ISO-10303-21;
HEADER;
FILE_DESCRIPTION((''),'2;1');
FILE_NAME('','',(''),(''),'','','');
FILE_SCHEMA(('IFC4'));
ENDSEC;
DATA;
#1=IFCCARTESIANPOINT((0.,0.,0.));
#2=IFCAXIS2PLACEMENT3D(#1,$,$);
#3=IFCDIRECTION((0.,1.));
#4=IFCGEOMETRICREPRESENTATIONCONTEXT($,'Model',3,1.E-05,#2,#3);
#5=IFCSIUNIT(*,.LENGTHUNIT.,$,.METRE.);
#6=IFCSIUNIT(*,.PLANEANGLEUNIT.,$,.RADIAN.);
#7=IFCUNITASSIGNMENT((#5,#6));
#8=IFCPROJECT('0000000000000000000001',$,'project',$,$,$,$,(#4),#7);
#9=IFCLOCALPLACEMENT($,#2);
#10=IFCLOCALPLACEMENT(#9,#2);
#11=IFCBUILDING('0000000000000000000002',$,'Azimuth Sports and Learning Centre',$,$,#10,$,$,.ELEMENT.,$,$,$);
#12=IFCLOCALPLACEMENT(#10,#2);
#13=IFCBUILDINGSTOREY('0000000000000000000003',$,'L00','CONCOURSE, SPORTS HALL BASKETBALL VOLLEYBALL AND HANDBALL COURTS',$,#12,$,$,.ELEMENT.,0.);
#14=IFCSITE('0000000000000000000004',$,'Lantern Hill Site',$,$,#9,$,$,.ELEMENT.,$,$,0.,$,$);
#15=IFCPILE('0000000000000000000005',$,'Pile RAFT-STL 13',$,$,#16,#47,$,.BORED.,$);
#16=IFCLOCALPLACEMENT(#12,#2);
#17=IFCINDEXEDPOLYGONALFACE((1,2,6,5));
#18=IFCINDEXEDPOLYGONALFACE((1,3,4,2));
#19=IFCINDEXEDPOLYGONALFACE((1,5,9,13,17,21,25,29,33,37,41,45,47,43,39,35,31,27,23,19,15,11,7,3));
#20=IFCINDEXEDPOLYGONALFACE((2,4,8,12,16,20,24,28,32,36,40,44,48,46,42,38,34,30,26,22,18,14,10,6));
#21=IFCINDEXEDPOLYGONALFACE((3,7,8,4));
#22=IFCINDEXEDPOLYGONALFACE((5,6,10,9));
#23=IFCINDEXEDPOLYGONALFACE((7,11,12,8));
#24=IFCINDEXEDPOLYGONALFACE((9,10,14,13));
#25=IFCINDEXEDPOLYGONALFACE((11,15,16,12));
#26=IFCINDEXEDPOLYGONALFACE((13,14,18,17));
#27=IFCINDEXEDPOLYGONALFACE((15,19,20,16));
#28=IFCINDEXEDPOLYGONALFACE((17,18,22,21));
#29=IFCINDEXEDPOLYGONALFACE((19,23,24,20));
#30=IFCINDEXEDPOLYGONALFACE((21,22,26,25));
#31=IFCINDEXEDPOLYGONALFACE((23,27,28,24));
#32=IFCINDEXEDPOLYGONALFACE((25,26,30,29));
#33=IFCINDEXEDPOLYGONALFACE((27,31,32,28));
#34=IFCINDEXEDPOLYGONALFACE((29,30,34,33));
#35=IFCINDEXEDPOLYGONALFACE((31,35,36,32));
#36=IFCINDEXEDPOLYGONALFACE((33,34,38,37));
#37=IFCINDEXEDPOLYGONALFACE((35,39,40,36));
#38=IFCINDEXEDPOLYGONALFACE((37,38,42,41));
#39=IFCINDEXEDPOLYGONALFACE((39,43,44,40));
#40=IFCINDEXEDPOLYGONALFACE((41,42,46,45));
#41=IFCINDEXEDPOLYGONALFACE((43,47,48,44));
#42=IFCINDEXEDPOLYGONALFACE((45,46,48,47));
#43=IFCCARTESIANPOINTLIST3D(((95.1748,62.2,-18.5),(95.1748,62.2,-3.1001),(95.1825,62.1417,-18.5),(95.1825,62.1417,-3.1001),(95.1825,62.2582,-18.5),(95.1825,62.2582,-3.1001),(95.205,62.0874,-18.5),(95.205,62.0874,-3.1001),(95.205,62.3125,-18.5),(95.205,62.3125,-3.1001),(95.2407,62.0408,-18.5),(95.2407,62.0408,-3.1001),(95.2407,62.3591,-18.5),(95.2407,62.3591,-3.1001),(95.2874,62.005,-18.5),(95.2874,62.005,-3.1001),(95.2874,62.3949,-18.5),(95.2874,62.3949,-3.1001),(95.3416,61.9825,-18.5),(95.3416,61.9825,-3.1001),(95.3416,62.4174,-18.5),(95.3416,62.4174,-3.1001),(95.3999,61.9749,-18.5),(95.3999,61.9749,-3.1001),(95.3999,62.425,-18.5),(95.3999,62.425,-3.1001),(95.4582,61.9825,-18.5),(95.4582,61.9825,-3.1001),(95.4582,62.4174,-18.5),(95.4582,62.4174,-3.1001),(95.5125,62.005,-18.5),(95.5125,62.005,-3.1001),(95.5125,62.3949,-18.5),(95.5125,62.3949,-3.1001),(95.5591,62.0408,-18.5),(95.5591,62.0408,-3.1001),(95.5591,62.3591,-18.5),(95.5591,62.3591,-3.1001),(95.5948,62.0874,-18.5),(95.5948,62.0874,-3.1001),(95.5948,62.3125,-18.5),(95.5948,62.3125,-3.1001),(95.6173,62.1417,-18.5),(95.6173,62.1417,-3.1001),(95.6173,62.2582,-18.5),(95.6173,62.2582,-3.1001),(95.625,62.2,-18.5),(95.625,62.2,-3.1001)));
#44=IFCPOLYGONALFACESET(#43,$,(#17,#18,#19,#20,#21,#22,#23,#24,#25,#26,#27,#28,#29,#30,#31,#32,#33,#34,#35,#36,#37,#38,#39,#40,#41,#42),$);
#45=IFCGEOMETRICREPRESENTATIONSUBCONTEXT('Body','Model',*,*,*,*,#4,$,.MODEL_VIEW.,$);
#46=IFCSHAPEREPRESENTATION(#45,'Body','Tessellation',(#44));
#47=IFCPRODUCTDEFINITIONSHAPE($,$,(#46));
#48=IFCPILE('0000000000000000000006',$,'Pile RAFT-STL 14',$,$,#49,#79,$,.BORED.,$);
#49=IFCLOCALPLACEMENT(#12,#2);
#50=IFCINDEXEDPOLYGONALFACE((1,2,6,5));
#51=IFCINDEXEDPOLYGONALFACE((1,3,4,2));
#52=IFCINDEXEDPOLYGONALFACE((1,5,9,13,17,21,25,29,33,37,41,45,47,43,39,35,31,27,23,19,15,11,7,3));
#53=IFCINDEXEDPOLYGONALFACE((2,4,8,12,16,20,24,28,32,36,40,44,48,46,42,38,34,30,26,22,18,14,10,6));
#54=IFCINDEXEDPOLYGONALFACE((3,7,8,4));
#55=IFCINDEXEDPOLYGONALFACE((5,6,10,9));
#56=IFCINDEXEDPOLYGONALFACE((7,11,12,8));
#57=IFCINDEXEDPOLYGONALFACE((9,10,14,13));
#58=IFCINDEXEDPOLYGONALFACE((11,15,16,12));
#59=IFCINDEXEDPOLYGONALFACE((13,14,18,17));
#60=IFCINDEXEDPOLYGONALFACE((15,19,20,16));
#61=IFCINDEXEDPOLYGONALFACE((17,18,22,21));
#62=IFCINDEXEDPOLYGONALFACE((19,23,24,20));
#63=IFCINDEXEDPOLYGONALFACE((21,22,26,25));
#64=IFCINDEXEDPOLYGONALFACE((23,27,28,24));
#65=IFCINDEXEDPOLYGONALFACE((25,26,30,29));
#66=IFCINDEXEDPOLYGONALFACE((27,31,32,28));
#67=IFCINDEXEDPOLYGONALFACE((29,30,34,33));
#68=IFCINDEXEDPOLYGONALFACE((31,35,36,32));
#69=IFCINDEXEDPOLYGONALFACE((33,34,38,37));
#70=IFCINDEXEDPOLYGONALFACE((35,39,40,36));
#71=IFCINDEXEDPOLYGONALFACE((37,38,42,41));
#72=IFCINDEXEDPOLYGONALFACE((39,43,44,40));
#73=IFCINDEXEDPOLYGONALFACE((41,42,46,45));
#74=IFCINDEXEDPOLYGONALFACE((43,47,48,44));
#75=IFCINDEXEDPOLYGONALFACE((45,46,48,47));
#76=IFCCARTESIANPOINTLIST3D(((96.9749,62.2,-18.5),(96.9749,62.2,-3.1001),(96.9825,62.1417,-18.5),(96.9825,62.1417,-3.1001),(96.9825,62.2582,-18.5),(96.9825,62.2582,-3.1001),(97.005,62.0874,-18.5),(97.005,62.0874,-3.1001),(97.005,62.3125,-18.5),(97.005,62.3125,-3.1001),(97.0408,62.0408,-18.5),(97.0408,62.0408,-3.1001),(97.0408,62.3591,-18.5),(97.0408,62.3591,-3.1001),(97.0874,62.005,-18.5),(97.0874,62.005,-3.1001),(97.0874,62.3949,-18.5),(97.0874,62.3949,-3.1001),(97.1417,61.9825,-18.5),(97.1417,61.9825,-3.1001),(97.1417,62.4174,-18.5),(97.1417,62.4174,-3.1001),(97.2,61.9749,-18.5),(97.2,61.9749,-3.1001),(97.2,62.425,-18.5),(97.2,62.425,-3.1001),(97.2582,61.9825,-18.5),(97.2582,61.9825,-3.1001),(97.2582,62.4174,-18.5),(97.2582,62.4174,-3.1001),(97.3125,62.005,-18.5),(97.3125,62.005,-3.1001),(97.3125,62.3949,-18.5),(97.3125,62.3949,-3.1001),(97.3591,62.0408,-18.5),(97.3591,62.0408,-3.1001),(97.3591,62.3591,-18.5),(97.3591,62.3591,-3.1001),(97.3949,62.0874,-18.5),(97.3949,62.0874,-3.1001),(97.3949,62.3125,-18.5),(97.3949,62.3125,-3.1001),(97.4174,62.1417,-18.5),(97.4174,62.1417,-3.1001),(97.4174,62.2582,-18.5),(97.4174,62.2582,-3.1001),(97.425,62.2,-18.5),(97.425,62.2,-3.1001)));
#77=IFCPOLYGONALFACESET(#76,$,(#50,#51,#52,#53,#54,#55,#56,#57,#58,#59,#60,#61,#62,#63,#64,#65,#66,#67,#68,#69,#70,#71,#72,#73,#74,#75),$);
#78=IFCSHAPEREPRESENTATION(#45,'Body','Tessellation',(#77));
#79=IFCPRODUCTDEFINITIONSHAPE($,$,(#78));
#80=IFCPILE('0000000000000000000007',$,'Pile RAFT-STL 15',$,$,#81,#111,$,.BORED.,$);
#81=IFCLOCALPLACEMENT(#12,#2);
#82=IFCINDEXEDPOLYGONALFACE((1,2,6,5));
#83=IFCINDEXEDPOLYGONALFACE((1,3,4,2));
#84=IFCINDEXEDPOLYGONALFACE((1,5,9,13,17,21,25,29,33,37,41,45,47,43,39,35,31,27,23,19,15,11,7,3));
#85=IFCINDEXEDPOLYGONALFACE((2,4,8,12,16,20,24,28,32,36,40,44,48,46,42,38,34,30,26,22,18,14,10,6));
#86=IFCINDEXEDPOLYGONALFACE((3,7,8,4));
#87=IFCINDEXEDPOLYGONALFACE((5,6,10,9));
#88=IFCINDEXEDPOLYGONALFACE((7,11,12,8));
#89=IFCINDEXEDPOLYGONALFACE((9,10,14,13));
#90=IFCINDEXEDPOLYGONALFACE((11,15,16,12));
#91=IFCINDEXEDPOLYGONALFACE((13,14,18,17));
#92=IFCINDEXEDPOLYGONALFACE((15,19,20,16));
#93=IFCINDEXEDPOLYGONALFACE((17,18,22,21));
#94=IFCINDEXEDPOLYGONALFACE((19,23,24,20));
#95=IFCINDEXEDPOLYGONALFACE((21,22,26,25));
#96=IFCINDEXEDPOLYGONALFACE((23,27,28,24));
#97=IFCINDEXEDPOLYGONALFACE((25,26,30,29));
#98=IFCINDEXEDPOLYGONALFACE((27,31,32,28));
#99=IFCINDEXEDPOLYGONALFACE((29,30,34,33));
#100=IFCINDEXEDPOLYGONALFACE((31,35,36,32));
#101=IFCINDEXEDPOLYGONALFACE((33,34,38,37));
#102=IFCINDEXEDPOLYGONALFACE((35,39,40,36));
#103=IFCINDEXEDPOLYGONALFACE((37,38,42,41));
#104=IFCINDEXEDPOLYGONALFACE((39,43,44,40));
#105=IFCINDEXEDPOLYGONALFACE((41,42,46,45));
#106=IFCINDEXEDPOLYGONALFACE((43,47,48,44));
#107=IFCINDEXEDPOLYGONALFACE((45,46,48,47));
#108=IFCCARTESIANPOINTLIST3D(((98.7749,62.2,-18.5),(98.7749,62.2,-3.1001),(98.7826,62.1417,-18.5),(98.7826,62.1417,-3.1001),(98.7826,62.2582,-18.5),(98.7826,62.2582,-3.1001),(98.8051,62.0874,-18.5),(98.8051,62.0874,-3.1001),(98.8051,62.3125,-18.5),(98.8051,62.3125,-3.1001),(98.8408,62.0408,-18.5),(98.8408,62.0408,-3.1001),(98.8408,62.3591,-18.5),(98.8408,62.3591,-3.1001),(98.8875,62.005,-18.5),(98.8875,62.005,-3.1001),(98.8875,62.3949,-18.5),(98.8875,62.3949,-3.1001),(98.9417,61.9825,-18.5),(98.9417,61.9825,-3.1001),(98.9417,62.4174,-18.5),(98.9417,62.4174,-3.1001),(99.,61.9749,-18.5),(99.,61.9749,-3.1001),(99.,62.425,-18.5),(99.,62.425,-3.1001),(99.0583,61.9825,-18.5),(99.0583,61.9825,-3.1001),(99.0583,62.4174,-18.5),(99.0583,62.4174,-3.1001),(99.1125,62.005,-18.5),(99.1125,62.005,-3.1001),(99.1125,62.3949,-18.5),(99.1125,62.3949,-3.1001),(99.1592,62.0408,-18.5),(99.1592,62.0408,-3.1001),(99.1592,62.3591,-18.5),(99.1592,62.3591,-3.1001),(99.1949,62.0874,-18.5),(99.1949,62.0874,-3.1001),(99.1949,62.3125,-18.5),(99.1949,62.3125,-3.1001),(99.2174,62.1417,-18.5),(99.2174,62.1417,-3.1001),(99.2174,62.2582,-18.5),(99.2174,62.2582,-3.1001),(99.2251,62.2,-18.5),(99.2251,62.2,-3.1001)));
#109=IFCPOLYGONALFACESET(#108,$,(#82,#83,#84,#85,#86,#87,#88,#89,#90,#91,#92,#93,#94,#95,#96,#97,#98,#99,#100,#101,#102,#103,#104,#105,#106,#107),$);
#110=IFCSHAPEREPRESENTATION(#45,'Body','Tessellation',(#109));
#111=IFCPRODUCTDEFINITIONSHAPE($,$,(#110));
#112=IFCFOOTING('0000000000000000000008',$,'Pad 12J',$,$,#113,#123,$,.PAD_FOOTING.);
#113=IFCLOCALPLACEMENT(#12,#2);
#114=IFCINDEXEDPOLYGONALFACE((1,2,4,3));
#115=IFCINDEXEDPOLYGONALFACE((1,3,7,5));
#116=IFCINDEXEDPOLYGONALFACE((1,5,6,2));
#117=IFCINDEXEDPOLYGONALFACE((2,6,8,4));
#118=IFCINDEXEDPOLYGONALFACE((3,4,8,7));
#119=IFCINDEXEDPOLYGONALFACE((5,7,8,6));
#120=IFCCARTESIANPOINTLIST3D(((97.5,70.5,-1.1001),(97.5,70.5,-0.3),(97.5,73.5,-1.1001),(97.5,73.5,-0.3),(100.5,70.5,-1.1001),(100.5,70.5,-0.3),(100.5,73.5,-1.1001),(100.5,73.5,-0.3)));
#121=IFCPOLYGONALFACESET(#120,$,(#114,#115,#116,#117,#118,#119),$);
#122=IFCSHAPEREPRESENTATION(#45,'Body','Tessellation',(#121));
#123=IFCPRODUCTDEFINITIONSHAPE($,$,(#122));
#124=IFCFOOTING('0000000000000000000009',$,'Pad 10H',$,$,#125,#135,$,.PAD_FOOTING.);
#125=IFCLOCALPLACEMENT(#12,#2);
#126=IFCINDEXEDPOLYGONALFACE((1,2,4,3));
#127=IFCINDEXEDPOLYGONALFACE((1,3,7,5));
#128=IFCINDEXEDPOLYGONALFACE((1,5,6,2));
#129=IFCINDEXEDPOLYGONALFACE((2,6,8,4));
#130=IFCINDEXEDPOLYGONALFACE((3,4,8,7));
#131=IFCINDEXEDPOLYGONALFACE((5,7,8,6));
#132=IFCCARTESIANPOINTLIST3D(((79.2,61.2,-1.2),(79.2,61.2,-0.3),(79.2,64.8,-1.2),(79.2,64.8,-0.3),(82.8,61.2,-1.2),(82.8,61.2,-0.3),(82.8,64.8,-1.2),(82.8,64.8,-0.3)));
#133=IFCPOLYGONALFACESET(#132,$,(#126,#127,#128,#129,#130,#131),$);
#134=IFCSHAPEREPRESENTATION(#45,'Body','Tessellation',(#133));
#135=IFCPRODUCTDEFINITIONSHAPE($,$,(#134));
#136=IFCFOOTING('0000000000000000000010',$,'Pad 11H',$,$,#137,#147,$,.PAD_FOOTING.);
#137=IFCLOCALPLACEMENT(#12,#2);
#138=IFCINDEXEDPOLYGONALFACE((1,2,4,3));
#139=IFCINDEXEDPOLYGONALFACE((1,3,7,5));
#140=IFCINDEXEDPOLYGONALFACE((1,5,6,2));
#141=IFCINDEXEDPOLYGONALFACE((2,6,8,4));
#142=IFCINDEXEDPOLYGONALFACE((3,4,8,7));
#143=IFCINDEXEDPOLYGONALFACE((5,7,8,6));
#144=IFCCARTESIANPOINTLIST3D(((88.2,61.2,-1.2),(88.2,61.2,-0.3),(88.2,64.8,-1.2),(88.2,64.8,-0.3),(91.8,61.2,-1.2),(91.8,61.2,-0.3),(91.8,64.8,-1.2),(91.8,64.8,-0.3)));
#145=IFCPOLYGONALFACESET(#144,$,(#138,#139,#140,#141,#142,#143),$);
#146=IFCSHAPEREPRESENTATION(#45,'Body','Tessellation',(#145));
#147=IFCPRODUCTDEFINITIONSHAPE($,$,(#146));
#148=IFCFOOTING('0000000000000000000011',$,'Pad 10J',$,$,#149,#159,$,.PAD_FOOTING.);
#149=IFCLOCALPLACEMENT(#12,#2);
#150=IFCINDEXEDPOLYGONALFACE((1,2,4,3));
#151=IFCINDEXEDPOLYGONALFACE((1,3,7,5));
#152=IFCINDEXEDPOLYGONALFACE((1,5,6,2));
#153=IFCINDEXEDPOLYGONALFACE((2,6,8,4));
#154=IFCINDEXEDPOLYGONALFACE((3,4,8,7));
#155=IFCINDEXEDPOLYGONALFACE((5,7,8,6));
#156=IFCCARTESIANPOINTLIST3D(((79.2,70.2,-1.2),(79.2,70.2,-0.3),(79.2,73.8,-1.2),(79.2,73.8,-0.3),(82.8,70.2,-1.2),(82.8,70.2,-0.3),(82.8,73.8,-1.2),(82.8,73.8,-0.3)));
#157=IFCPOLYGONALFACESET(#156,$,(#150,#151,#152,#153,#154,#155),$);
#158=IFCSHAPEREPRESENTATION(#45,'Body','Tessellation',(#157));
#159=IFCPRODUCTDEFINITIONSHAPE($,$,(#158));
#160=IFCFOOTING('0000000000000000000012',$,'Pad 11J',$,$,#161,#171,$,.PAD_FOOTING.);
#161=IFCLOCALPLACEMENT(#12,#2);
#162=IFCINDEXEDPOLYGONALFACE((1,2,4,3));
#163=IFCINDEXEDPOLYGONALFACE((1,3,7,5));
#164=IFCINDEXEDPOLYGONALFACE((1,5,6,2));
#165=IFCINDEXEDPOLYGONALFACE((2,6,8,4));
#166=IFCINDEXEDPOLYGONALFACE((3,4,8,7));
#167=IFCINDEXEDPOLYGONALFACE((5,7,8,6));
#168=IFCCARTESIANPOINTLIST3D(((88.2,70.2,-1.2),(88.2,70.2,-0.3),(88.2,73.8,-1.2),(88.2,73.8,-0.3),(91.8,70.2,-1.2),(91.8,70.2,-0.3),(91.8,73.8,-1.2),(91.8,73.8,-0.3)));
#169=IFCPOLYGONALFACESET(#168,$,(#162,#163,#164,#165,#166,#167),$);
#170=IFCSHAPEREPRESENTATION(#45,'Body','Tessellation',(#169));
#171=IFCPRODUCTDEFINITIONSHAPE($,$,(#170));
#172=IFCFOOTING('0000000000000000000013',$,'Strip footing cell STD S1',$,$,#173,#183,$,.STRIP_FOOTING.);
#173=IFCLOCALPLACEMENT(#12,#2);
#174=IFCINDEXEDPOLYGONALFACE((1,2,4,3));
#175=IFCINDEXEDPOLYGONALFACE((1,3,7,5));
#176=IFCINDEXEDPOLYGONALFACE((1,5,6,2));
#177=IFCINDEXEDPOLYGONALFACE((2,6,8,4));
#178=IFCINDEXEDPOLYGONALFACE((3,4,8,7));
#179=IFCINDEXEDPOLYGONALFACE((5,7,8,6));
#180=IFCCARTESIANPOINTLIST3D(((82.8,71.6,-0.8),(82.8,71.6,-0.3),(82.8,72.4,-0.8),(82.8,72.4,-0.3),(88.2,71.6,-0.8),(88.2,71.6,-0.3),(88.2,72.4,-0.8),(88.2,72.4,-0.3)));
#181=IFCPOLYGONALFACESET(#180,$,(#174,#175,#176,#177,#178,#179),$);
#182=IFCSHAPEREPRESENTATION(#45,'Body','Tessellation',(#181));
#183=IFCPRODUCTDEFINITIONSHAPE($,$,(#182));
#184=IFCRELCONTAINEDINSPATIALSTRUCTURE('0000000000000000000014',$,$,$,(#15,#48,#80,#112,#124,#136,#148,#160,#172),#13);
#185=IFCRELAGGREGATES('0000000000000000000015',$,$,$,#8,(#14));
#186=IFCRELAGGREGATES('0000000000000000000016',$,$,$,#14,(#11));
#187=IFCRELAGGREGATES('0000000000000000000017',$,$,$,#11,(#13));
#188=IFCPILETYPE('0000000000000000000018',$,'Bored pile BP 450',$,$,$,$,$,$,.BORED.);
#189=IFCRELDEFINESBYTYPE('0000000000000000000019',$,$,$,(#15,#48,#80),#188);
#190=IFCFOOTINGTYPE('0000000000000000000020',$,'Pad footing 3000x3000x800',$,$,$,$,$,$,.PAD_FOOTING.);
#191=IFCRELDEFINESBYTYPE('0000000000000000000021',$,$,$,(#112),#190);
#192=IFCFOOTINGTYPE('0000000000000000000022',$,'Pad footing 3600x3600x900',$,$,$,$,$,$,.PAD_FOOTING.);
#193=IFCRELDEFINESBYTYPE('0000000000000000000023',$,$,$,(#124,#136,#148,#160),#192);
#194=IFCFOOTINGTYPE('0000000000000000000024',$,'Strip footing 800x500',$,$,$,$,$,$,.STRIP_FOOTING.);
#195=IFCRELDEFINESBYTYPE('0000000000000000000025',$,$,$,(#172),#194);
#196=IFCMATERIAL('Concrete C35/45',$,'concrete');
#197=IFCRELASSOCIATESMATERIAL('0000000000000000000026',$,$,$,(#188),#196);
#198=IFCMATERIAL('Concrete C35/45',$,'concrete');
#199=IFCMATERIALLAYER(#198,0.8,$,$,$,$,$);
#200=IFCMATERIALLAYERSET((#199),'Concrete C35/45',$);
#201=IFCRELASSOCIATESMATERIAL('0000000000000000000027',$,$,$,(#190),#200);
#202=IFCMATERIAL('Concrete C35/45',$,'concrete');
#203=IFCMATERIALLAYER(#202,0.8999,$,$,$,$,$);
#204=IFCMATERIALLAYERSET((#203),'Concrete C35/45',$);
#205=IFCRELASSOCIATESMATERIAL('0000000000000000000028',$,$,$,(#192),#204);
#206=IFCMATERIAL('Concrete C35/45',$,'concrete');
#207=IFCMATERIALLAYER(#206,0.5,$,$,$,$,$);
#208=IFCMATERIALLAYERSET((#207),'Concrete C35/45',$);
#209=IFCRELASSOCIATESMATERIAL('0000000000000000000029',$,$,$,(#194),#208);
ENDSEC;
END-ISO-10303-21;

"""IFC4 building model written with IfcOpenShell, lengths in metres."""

from ifc_helpers import new_model, si_unit, direction, frame, origin, origin_2d, place, context, subcontext, project, spatial, rectangle, circle, extrude, material, layer, layer_set, material_profile, profile_set, type_object, element, save


model = new_model("IFC4")

# Units and contexts
model_context = context("Model", 3, precision=1e-05, world=origin(), true_north=direction((0.0, 1.0)))
body_context = subcontext(model_context, "Body", "Model", "MODEL_VIEW")
ifc_project = project(units=[si_unit("LENGTHUNIT", "METRE"), si_unit("PLANEANGLEUNIT", "RADIAN")], contexts=[model_context])

# Site, building, storey
site_placement = place(None, origin())
site = spatial("IfcSite", under=ifc_project, at=site_placement, Name="Lantern Hill Site", CompositionType="ELEMENT", RefElevation=0.0)
building_placement = place(site_placement, origin())
building = spatial("IfcBuilding", under=site, at=building_placement, Name="Azimuth Sports and Learning Centre", CompositionType="ELEMENT")
storey_placement = place(building_placement, origin())
storey = spatial("IfcBuildingStorey", under=building, at=storey_placement, Name="L00", Description="CONCOURSE, SPORTS HALL BASKETBALL VOLLEYBALL AND HANDBALL COURTS", CompositionType="ELEMENT", Elevation=0.0)

# Piles
ifc_material_1 = material(Name="Concrete C35/45", Category="concrete")
ifc_material_profile_1 = material_profile(ifc_material_1, circle(Radius=0.2251, at=origin_2d()), Name="BP 450")
ifc_profile_set_1 = profile_set([ifc_material_profile_1], Name="Concrete C35/45")
pile_type = type_object("IfcPileType", Name="Bored pile BP 450", PredefinedType="BORED", material=ifc_profile_set_1)
for number, where, z_axis, x_axis, name in (
    (1, (95.3999, 62.2, -3.1001), (0.0, 0.0, -1.0), (1.0, 0.0, 0.0), "Pile RAFT-STL 13"),
    (2, (97.2, 62.2, -3.1001), (0.0, 0.0, -1.0), (1.0, 0.0, 0.0), "Pile RAFT-STL 14"),
    (3, (99.0, 62.2, -3.1001), (0.0, 0.0, -1.0), (1.0, 0.0, 0.0), "Pile RAFT-STL 15"),
):
    element("IfcPile", number, at=place(storey_placement, frame(where, z_axis=z_axis, x_axis=x_axis)), inside=storey, type_object=pile_type, Name=name, PredefinedType="BORED", context=body_context, shape_type="SweptSolid", body=[
        extrude(circle(Radius=0.2251, at=origin_2d()), origin(), (0.0, 0.0, 1.0), 15.3999),
    ])

# Footings
ifc_material_2 = material(Name="Concrete C35/45", Category="concrete")
ifc_layer_1 = layer(ifc_material_2, 0.8)
ifc_layer_set_1 = layer_set([ifc_layer_1], Name="Concrete C35/45")
footing_type_1 = type_object("IfcFootingType", Name="Pad footing 3000x3000x800", PredefinedType="PAD_FOOTING", material=ifc_layer_set_1)
footing_1_placement = place(storey_placement, frame((99.0, 72.0, -1.1001), z_axis=(0.0, 0.0, 1.0), x_axis=(1.0, 0.0, 0.0)))
element("IfcFooting", 4, at=footing_1_placement, inside=storey, type_object=footing_type_1, Name="Pad 12J", PredefinedType="PAD_FOOTING", context=body_context, shape_type="SweptSolid", body=[
    extrude(rectangle(XDim=3.0, YDim=3.0, at=origin_2d()), origin(), (0.0, 0.0, 1.0), 0.8),
])
ifc_material_3 = material(Name="Concrete C35/45", Category="concrete")
ifc_layer_2 = layer(ifc_material_3, 0.8999)
ifc_layer_set_2 = layer_set([ifc_layer_2], Name="Concrete C35/45")
footing_type_2 = type_object("IfcFootingType", Name="Pad footing 3600x3600x900", PredefinedType="PAD_FOOTING", material=ifc_layer_set_2)
for number, where, z_axis, x_axis, name in (
    (5, (81.0, 63.0, -1.2), (0.0, 0.0, 1.0), (1.0, 0.0, 0.0), "Pad 10H"),
    (6, (90.0, 63.0, -1.2), (0.0, 0.0, 1.0), (1.0, 0.0, 0.0), "Pad 11H"),
    (7, (81.0, 72.0, -1.2), (0.0, 0.0, 1.0), (1.0, 0.0, 0.0), "Pad 10J"),
    (8, (90.0, 72.0, -1.2), (0.0, 0.0, 1.0), (1.0, 0.0, 0.0), "Pad 11J"),
):
    element("IfcFooting", number, at=place(storey_placement, frame(where, z_axis=z_axis, x_axis=x_axis)), inside=storey, type_object=footing_type_2, Name=name, PredefinedType="PAD_FOOTING", context=body_context, shape_type="SweptSolid", body=[
        extrude(rectangle(XDim=3.6001, YDim=3.6001, at=origin_2d()), origin(), (0.0, 0.0, 1.0), 0.8999),
    ])
ifc_material_4 = material(Name="Concrete C35/45", Category="concrete")
ifc_layer_3 = layer(ifc_material_4, 0.5)
ifc_layer_set_3 = layer_set([ifc_layer_3], Name="Concrete C35/45")
footing_type_3 = type_object("IfcFootingType", Name="Strip footing 800x500", PredefinedType="STRIP_FOOTING", material=ifc_layer_set_3)
footing_2_placement = place(storey_placement, frame((85.5, 72.0, -0.8), z_axis=(0.0, 0.0, 1.0), x_axis=(1.0, 0.0, 0.0)))
element("IfcFooting", 9, at=footing_2_placement, inside=storey, type_object=footing_type_3, Name="Strip footing cell STD S1", PredefinedType="STRIP_FOOTING", context=body_context, shape_type="SweptSolid", body=[
    extrude(rectangle(XDim=5.3999, YDim=0.8, at=origin_2d()), origin(), (0.0, 0.0, 1.0), 0.5),
])

save(model, "model.ifc")
